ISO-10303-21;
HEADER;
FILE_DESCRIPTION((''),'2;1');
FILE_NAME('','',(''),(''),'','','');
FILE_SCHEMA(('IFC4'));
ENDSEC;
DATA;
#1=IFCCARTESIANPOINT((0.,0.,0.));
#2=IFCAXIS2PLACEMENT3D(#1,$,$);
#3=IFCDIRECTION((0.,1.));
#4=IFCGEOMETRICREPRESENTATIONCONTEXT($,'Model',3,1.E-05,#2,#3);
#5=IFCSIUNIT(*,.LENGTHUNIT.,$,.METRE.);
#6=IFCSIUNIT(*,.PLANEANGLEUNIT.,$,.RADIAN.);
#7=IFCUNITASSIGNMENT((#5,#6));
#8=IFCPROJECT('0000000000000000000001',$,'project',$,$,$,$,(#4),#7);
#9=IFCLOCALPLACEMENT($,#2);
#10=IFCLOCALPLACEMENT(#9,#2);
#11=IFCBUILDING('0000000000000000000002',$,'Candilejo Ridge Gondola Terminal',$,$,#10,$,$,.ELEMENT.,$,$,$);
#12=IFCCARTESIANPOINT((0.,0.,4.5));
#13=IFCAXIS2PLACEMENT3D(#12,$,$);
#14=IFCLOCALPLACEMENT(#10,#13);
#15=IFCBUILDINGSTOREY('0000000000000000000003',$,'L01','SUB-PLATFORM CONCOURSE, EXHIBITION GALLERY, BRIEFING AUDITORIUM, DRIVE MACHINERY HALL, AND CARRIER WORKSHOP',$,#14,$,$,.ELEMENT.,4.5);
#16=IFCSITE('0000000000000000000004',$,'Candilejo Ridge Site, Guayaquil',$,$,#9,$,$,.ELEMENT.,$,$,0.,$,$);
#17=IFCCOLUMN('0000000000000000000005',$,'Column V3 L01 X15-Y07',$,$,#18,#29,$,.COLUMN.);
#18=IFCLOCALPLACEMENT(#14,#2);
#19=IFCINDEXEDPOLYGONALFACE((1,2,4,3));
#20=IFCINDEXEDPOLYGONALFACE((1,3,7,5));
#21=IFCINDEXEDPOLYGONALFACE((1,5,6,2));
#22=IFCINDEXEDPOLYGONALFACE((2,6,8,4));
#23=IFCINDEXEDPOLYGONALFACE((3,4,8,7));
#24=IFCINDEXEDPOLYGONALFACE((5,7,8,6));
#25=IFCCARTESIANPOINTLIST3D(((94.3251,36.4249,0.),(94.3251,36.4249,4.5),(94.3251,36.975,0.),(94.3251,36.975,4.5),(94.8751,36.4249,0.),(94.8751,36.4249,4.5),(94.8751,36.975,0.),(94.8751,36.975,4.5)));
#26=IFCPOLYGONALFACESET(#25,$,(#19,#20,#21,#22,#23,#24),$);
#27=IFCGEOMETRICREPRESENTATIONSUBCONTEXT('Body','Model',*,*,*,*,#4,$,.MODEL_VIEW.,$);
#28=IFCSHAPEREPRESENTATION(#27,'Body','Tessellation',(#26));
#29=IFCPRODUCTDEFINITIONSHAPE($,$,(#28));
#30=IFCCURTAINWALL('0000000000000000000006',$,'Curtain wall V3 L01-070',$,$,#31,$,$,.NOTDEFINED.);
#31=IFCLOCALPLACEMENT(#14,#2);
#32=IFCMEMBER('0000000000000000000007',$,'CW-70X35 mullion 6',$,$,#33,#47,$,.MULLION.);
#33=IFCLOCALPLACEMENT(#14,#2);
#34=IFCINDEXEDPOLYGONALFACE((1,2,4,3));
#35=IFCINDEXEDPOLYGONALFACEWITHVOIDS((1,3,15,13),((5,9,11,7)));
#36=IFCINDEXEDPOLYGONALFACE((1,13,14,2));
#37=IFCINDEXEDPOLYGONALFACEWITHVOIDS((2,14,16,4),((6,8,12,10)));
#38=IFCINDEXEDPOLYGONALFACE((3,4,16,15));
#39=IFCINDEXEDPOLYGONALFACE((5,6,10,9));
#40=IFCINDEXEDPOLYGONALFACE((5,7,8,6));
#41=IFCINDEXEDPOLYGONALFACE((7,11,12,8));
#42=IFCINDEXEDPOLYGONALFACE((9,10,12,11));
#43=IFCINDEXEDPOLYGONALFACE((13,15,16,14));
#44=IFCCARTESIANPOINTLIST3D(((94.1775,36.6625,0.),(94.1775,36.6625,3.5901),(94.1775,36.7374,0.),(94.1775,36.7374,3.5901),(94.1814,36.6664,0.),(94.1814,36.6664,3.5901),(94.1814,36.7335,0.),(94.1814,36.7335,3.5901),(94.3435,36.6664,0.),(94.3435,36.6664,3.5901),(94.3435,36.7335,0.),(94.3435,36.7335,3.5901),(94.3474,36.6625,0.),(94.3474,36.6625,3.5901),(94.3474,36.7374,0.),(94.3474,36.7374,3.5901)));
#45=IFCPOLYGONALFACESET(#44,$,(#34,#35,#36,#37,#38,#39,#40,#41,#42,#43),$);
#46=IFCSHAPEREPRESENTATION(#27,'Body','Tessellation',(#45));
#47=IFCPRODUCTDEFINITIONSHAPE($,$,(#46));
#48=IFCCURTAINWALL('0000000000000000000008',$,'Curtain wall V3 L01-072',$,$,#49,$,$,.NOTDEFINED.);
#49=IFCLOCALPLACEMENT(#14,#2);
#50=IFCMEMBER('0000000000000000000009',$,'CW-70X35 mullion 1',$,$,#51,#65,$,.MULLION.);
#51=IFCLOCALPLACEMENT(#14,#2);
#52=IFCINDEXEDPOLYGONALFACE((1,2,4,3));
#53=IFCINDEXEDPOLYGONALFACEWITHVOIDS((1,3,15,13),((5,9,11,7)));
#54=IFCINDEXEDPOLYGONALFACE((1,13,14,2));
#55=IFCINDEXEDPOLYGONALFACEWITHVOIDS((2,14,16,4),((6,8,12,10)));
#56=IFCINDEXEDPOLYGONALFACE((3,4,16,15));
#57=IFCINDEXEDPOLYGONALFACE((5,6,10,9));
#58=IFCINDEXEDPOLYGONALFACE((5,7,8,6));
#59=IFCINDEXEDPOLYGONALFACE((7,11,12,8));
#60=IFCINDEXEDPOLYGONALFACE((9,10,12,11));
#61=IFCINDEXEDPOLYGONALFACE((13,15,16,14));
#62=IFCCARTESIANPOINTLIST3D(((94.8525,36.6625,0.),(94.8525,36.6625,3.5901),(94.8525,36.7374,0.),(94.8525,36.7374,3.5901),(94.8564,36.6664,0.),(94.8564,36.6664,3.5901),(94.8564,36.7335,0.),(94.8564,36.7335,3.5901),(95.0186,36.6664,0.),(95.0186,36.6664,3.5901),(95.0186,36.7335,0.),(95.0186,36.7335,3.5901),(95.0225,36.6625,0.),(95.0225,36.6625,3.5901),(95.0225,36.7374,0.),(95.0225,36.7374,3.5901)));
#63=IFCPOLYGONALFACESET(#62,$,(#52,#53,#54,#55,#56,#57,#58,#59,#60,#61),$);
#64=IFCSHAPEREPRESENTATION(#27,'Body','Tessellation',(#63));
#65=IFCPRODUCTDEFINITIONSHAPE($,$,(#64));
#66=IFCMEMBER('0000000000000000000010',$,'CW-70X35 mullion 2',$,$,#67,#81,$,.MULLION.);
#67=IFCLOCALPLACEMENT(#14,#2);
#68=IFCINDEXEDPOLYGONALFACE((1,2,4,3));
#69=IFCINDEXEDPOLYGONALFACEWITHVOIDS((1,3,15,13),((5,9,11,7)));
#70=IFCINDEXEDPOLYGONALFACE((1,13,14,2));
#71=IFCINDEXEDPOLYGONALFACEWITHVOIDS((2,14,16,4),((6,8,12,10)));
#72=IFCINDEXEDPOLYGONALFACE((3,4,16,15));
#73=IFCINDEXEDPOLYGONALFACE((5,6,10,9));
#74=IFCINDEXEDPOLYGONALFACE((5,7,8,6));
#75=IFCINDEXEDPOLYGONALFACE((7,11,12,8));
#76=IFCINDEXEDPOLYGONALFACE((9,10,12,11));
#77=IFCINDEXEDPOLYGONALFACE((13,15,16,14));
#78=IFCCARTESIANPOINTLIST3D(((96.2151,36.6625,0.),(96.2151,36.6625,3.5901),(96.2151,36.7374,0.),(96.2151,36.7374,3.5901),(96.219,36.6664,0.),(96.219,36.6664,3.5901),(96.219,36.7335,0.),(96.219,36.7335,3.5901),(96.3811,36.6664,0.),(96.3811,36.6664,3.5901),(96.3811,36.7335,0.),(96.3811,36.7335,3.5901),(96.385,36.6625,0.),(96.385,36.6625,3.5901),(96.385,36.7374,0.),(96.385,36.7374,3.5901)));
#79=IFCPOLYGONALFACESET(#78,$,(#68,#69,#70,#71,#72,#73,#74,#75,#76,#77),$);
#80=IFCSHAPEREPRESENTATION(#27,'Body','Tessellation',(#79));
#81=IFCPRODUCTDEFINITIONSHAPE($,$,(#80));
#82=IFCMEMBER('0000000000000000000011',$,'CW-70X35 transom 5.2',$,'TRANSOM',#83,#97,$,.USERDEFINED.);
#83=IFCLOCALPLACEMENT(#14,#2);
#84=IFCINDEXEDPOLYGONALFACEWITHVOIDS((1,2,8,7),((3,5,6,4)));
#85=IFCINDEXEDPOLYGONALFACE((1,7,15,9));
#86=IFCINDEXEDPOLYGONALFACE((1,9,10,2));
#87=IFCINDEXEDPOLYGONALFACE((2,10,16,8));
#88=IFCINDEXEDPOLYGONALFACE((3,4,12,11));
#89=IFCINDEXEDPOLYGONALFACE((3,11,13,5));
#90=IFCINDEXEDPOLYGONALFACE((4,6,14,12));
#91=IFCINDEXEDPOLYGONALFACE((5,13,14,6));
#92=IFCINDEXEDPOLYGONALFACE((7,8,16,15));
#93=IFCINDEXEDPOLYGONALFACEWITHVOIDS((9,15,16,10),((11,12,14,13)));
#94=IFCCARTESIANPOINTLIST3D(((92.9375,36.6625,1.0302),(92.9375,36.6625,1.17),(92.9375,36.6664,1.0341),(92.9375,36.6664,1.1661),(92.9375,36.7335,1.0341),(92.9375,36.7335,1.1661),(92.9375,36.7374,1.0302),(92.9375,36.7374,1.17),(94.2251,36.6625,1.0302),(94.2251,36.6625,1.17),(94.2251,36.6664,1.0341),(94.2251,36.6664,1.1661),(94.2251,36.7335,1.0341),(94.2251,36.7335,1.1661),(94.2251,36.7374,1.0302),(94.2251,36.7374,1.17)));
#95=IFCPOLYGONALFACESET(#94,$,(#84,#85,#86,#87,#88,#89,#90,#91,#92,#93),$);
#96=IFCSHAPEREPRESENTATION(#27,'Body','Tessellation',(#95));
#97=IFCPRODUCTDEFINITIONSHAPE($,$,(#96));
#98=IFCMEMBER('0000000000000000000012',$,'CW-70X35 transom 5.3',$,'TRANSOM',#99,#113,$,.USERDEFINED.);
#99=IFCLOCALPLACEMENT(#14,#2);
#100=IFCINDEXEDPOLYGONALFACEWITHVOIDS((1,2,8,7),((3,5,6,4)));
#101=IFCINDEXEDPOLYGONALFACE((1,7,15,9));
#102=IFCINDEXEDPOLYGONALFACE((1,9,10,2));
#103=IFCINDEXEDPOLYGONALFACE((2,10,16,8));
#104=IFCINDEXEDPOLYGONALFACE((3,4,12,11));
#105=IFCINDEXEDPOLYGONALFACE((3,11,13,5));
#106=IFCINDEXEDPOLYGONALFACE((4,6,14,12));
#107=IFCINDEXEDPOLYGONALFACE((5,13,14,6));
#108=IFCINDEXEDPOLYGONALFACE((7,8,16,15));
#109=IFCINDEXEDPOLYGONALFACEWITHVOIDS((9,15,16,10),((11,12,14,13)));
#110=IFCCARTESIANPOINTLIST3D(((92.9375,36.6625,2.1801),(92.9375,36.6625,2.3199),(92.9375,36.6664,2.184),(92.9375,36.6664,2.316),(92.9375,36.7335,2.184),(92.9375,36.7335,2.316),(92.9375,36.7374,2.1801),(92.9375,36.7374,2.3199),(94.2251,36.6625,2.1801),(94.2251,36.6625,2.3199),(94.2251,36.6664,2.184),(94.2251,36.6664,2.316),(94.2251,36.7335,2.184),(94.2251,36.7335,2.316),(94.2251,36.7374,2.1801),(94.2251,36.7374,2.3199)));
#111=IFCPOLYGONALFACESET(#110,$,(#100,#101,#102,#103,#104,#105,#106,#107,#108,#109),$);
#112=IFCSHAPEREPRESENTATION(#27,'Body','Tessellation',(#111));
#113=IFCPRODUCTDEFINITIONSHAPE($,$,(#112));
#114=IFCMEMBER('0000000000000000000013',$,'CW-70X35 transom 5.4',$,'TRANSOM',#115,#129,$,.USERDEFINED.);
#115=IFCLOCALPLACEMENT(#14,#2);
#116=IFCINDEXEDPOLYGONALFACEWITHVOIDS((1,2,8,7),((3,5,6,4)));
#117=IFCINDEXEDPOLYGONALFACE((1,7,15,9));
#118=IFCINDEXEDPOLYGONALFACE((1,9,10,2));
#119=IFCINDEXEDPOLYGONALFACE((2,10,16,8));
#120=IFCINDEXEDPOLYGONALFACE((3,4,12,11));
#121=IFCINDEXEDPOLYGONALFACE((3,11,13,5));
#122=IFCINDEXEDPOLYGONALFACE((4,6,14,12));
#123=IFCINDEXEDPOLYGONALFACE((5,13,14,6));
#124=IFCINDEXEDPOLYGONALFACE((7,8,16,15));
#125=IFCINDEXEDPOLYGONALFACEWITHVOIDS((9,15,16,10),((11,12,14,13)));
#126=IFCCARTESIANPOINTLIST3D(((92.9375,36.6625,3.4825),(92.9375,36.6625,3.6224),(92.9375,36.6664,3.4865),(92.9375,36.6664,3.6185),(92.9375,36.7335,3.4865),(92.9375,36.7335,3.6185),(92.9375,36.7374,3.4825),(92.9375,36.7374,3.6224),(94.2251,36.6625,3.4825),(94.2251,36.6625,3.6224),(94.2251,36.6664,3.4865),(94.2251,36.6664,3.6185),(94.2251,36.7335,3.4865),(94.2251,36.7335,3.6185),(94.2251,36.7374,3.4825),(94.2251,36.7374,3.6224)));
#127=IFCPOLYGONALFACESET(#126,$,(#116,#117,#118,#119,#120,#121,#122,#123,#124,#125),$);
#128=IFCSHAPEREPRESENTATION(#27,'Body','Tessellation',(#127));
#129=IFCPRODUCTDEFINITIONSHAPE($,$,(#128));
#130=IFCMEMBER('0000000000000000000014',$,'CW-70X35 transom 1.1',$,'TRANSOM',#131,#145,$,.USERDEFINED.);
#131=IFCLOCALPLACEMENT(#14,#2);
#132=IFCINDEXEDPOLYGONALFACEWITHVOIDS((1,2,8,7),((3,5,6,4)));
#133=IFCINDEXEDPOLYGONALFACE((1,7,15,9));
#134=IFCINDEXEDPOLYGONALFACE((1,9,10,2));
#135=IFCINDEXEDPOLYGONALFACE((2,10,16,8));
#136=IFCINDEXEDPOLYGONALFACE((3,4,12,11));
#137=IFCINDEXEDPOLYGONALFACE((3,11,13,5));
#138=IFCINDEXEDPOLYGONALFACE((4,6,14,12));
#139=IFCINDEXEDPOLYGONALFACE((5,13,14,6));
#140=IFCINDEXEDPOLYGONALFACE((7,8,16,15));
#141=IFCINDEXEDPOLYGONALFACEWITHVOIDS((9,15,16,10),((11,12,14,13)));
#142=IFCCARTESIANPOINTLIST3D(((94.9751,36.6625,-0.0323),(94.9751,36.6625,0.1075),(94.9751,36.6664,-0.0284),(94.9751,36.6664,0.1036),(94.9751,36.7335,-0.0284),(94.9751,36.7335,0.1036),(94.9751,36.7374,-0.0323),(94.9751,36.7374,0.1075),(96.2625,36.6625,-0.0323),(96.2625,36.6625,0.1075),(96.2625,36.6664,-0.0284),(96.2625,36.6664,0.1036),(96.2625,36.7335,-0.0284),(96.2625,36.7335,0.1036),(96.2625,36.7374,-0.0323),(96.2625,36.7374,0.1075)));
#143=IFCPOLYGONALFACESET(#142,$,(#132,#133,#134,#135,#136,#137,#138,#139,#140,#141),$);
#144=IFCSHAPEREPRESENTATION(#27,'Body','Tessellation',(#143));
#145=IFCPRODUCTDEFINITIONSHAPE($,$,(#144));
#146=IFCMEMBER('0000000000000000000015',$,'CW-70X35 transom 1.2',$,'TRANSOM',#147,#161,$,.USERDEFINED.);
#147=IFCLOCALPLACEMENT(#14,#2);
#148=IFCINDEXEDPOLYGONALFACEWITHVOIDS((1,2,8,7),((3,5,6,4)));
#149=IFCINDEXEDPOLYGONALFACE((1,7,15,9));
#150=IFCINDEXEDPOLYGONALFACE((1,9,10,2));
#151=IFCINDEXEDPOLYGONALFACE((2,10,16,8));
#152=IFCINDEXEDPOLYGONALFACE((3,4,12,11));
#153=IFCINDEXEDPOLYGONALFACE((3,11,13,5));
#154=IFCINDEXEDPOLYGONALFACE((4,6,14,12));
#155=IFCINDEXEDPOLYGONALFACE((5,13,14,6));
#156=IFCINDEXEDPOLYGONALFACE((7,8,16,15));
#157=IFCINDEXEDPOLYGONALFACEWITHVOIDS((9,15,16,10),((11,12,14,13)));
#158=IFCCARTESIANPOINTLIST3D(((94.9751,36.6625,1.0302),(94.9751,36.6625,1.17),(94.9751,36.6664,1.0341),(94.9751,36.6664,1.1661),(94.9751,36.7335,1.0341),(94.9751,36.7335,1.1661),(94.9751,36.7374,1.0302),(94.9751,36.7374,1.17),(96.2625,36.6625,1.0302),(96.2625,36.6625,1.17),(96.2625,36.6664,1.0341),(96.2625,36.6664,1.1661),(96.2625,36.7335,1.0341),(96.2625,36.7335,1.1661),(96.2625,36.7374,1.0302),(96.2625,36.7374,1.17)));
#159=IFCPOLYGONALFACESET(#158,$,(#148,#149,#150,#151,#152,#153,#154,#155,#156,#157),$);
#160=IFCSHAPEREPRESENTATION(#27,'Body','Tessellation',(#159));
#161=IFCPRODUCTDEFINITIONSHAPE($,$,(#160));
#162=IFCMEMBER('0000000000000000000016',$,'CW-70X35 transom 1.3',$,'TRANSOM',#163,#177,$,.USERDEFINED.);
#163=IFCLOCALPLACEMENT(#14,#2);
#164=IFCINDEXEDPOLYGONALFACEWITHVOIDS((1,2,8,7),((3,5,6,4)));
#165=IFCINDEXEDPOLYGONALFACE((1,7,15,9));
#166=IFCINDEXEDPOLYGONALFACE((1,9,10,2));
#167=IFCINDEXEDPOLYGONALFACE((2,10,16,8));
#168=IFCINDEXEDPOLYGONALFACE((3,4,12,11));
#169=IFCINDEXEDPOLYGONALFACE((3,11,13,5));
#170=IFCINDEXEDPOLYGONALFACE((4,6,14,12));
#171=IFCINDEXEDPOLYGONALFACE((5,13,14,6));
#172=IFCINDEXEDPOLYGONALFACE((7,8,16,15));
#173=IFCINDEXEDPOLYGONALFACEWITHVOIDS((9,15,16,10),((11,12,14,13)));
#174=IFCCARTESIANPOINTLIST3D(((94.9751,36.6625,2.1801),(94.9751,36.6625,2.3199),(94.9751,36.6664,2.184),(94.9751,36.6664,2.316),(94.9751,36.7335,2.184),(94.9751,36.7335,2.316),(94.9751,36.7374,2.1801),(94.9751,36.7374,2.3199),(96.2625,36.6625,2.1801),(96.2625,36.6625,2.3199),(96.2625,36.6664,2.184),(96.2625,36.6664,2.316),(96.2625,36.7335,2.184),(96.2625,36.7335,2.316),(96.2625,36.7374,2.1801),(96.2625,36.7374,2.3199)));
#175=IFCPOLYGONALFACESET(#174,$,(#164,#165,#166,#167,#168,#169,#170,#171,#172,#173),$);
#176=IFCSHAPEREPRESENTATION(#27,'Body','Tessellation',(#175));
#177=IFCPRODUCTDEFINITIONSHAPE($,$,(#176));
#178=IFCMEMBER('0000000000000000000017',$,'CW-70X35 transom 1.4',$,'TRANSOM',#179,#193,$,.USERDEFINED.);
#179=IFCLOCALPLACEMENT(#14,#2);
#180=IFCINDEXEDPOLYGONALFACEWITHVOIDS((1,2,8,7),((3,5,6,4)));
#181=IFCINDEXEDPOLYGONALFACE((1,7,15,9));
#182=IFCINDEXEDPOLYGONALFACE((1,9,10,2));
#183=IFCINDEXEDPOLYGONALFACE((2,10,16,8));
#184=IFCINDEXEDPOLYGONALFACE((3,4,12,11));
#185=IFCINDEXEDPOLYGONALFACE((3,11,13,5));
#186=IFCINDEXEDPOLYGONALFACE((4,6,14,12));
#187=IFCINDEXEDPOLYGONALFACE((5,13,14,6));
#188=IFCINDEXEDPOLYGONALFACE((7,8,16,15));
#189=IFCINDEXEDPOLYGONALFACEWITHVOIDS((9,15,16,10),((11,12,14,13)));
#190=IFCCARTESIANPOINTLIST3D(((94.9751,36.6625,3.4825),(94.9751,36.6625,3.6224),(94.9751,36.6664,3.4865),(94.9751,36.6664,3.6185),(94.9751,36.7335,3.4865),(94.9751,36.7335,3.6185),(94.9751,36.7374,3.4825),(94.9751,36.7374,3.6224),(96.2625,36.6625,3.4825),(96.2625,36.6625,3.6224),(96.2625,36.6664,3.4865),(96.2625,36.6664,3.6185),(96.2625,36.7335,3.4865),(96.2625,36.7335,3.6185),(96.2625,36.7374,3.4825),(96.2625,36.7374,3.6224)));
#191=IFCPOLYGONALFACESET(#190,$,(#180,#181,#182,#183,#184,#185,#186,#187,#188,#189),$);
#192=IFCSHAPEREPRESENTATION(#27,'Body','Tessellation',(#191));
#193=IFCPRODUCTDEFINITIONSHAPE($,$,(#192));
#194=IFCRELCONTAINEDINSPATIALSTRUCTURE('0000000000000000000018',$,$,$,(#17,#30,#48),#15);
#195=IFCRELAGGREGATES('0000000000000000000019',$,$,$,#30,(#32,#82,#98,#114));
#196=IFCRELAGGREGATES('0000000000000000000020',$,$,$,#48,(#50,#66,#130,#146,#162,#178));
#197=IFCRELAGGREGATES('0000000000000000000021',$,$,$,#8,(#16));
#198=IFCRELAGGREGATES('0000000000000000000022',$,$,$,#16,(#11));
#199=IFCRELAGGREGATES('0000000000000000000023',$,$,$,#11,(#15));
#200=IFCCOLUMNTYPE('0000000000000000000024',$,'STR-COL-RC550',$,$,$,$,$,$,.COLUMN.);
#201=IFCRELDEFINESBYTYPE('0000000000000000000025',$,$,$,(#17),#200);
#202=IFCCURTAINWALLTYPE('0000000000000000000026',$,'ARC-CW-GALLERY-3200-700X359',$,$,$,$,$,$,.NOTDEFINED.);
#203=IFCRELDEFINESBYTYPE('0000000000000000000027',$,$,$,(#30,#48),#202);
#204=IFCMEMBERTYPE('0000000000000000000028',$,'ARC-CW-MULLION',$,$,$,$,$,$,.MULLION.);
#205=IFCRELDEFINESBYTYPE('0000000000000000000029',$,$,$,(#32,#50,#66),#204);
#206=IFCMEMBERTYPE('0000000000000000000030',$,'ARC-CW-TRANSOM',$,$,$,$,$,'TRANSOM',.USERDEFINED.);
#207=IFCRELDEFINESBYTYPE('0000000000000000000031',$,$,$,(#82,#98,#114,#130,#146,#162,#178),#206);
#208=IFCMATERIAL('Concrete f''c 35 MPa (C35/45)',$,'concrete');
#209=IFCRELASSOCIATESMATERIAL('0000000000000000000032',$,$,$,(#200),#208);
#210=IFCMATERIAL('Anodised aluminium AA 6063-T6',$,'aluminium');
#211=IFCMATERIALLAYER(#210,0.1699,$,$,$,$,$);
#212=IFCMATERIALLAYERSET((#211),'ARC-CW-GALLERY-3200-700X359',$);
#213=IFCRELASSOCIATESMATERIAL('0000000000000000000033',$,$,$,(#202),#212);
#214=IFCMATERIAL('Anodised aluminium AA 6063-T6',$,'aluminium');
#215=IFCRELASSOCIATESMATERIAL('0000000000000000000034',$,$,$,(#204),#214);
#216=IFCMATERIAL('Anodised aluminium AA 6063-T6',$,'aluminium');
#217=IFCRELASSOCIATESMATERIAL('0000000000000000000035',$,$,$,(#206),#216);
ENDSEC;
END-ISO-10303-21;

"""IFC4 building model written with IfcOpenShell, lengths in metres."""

from ifc_helpers import new_model, si_unit, direction, frame, origin, origin_2d, place, context, subcontext, project, spatial, rectangle, hollow_rectangle, extrude, material, layer, layer_set, material_profile, profile_set, type_object, element, aggregate, save


model = new_model("IFC4")

# Units and contexts
model_context = context("Model", 3, precision=1e-05, world=origin(), true_north=direction((0.0, 1.0)))
body_context = subcontext(model_context, "Body", "Model", "MODEL_VIEW")
ifc_project = project(units=[si_unit("LENGTHUNIT", "METRE"), si_unit("PLANEANGLEUNIT", "RADIAN")], contexts=[model_context])

# Site, building, storey
site_placement = place(None, origin())
site = spatial("IfcSite", under=ifc_project, at=site_placement, Name="Candilejo Ridge Site, Guayaquil", CompositionType="ELEMENT", RefElevation=0.0)
building_placement = place(site_placement, origin())
building = spatial("IfcBuilding", under=site, at=building_placement, Name="Candilejo Ridge Gondola Terminal", CompositionType="ELEMENT")
storey_placement = place(building_placement, frame((0.0, 0.0, 4.5)))
storey = spatial("IfcBuildingStorey", under=building, at=storey_placement, Name="L01", Description="SUB-PLATFORM CONCOURSE, EXHIBITION GALLERY, BRIEFING AUDITORIUM, DRIVE MACHINERY HALL, AND CARRIER WORKSHOP", CompositionType="ELEMENT", Elevation=4.5)

# Column
ifc_material_1 = material(Name="Concrete f'c 35 MPa (C35/45)", Category="concrete")
ifc_material_profile_1 = material_profile(ifc_material_1, rectangle(XDim=0.55, YDim=0.55, at=origin_2d()))
ifc_profile_set_1 = profile_set([ifc_material_profile_1], Name="Concrete f'c 35 MPa (C35/45)")
column_type = type_object("IfcColumnType", Name="STR-COL-RC550", PredefinedType="COLUMN", material=ifc_profile_set_1)
column_placement = place(storey_placement, frame((94.6001, 36.7, 0.0), z_axis=(0.0, 0.0, 1.0), x_axis=(1.0, 0.0, 0.0)))
element("IfcColumn", 1, at=column_placement, inside=storey, type_object=column_type, Name="Column V3 L01 X15-Y07", PredefinedType="COLUMN", context=body_context, shape_type="SweptSolid", body=[
    extrude(rectangle(XDim=0.55, YDim=0.55, at=origin_2d()), origin(), (0.0, 0.0, 1.0), 4.5),
])

# Curtain wall, member
ifc_material_2 = material(Name="Anodised aluminium AA 6063-T6", Category="aluminium")
ifc_layer_1 = layer(ifc_material_2, 0.1699)
ifc_layer_set_1 = layer_set([ifc_layer_1], Name="ARC-CW-GALLERY-3200-700X359")
curtain_wall_type = type_object("IfcCurtainWallType", Name="ARC-CW-GALLERY-3200-700X359", PredefinedType="NOTDEFINED", material=ifc_layer_set_1)
curtain_wall_1_placement = place(storey_placement, origin())
curtain_wall_1 = element("IfcCurtainWall", 2, at=curtain_wall_1_placement, inside=storey, type_object=curtain_wall_type, Name="Curtain wall V3 L01-070", PredefinedType="NOTDEFINED")
ifc_material_3 = material(Name="Anodised aluminium AA 6063-T6", Category="aluminium")
ifc_material_profile_2 = material_profile(ifc_material_3, hollow_rectangle(XDim=0.075, YDim=0.1699, WallThickness=0.0039, at=origin_2d()))
ifc_profile_set_2 = profile_set([ifc_material_profile_2], Name="Anodised aluminium AA 6063-T6")
member_type_1 = type_object("IfcMemberType", Name="ARC-CW-MULLION", PredefinedType="MULLION", material=ifc_profile_set_2)
member_1_placement = place(storey_placement, frame((94.2625, 36.7, 0.0), z_axis=(0.0, 0.0, 1.0), x_axis=(0.0, 1.0, 0.0)))
member_1 = element("IfcMember", 3, at=member_1_placement, type_object=member_type_1, Name="CW-70X35 mullion 6", PredefinedType="MULLION", context=body_context, shape_type="SweptSolid", body=[
    extrude(hollow_rectangle(XDim=0.075, YDim=0.1699, WallThickness=0.0039, at=origin_2d()), origin(), (0.0, 0.0, 1.0), 3.5901),
])

# Curtain wall, members
curtain_wall_2_placement = place(storey_placement, origin())
curtain_wall_2 = element("IfcCurtainWall", 4, at=curtain_wall_2_placement, inside=storey, type_object=curtain_wall_type, Name="Curtain wall V3 L01-072", PredefinedType="NOTDEFINED")
member_2_placement = place(storey_placement, frame((94.9375, 36.7, 0.0), z_axis=(0.0, 0.0, 1.0), x_axis=(0.0, 1.0, 0.0)))
member_2 = element("IfcMember", 5, at=member_2_placement, type_object=member_type_1, Name="CW-70X35 mullion 1", PredefinedType="MULLION", context=body_context, shape_type="SweptSolid", body=[
    extrude(hollow_rectangle(XDim=0.075, YDim=0.1699, WallThickness=0.0039, at=origin_2d()), origin(), (0.0, 0.0, 1.0), 3.5901),
])
member_3_placement = place(storey_placement, frame((96.3, 36.7, 0.0), z_axis=(0.0, 0.0, 1.0), x_axis=(0.0, 1.0, 0.0)))
member_3 = element("IfcMember", 6, at=member_3_placement, type_object=member_type_1, Name="CW-70X35 mullion 2", PredefinedType="MULLION", context=body_context, shape_type="SweptSolid", body=[
    extrude(hollow_rectangle(XDim=0.075, YDim=0.1699, WallThickness=0.0039, at=origin_2d()), origin(), (0.0, 0.0, 1.0), 3.5901),
])

# Members
ifc_material_4 = material(Name="Anodised aluminium AA 6063-T6", Category="aluminium")
ifc_material_profile_3 = material_profile(ifc_material_4, hollow_rectangle(XDim=0.075, YDim=0.1399, WallThickness=0.0039, at=origin_2d()))
ifc_profile_set_3 = profile_set([ifc_material_profile_3], Name="Anodised aluminium AA 6063-T6")
member_type_2 = type_object("IfcMemberType", Name="ARC-CW-TRANSOM", ElementType="TRANSOM", PredefinedType="USERDEFINED", material=ifc_profile_set_3)
member_4_placement = place(storey_placement, frame((92.9375, 36.7, 1.1001), z_axis=(1.0, 0.0, 0.0), x_axis=(0.0, 1.0, 0.0)))
member_4 = element("IfcMember", 7, at=member_4_placement, type_object=member_type_2, Name="CW-70X35 transom 5.2", ObjectType="TRANSOM", PredefinedType="USERDEFINED", context=body_context, shape_type="SweptSolid", body=[
    extrude(hollow_rectangle(XDim=0.075, YDim=0.1399, WallThickness=0.0039, at=origin_2d()), origin(), (0.0, 0.0, 1.0), 1.2876),
])
member_5_placement = place(storey_placement, frame((92.9375, 36.7, 2.25), z_axis=(1.0, 0.0, 0.0), x_axis=(0.0, 1.0, 0.0)))
member_5 = element("IfcMember", 8, at=member_5_placement, type_object=member_type_2, Name="CW-70X35 transom 5.3", ObjectType="TRANSOM", PredefinedType="USERDEFINED", context=body_context, shape_type="SweptSolid", body=[
    extrude(hollow_rectangle(XDim=0.075, YDim=0.1399, WallThickness=0.0039, at=origin_2d()), origin(), (0.0, 0.0, 1.0), 1.2876),
])
member_6_placement = place(storey_placement, frame((92.9375, 36.7, 3.5525), z_axis=(1.0, 0.0, 0.0), x_axis=(0.0, 1.0, 0.0)))
member_6 = element("IfcMember", 9, at=member_6_placement, type_object=member_type_2, Name="CW-70X35 transom 5.4", ObjectType="TRANSOM", PredefinedType="USERDEFINED", context=body_context, shape_type="SweptSolid", body=[
    extrude(hollow_rectangle(XDim=0.075, YDim=0.1399, WallThickness=0.0039, at=origin_2d()), origin(), (0.0, 0.0, 1.0), 1.2876),
])
member_7_placement = place(storey_placement, frame((94.9751, 36.7, 0.0376), z_axis=(1.0, 0.0, 0.0), x_axis=(0.0, 1.0, 0.0)))
member_7 = element("IfcMember", 10, at=member_7_placement, type_object=member_type_2, Name="CW-70X35 transom 1.1", ObjectType="TRANSOM", PredefinedType="USERDEFINED", context=body_context, shape_type="SweptSolid", body=[
    extrude(hollow_rectangle(XDim=0.075, YDim=0.1399, WallThickness=0.0039, at=origin_2d()), origin(), (0.0, 0.0, 1.0), 1.2874),
])
member_8_placement = place(storey_placement, frame((94.9751, 36.7, 1.1001), z_axis=(1.0, 0.0, 0.0), x_axis=(0.0, 1.0, 0.0)))
member_8 = element("IfcMember", 11, at=member_8_placement, type_object=member_type_2, Name="CW-70X35 transom 1.2", ObjectType="TRANSOM", PredefinedType="USERDEFINED", context=body_context, shape_type="SweptSolid", body=[
    extrude(hollow_rectangle(XDim=0.075, YDim=0.1399, WallThickness=0.0039, at=origin_2d()), origin(), (0.0, 0.0, 1.0), 1.2874),
])
member_9_placement = place(storey_placement, frame((94.9751, 36.7, 2.25), z_axis=(1.0, 0.0, 0.0), x_axis=(0.0, 1.0, 0.0)))
member_9 = element("IfcMember", 12, at=member_9_placement, type_object=member_type_2, Name="CW-70X35 transom 1.3", ObjectType="TRANSOM", PredefinedType="USERDEFINED", context=body_context, shape_type="SweptSolid", body=[
    extrude(hollow_rectangle(XDim=0.075, YDim=0.1399, WallThickness=0.0039, at=origin_2d()), origin(), (0.0, 0.0, 1.0), 1.2874),
])
member_10_placement = place(storey_placement, frame((94.9751, 36.7, 3.5525), z_axis=(1.0, 0.0, 0.0), x_axis=(0.0, 1.0, 0.0)))
member_10 = element("IfcMember", 13, at=member_10_placement, type_object=member_type_2, Name="CW-70X35 transom 1.4", ObjectType="TRANSOM", PredefinedType="USERDEFINED", context=body_context, shape_type="SweptSolid", body=[
    extrude(hollow_rectangle(XDim=0.075, YDim=0.1399, WallThickness=0.0039, at=origin_2d()), origin(), (0.0, 0.0, 1.0), 1.2874),
])

aggregate(curtain_wall_1, [member_1, member_4, member_5, member_6])
aggregate(curtain_wall_2, [member_2, member_3, member_7, member_8, member_9, member_10])

save(model, "model.ifc")
